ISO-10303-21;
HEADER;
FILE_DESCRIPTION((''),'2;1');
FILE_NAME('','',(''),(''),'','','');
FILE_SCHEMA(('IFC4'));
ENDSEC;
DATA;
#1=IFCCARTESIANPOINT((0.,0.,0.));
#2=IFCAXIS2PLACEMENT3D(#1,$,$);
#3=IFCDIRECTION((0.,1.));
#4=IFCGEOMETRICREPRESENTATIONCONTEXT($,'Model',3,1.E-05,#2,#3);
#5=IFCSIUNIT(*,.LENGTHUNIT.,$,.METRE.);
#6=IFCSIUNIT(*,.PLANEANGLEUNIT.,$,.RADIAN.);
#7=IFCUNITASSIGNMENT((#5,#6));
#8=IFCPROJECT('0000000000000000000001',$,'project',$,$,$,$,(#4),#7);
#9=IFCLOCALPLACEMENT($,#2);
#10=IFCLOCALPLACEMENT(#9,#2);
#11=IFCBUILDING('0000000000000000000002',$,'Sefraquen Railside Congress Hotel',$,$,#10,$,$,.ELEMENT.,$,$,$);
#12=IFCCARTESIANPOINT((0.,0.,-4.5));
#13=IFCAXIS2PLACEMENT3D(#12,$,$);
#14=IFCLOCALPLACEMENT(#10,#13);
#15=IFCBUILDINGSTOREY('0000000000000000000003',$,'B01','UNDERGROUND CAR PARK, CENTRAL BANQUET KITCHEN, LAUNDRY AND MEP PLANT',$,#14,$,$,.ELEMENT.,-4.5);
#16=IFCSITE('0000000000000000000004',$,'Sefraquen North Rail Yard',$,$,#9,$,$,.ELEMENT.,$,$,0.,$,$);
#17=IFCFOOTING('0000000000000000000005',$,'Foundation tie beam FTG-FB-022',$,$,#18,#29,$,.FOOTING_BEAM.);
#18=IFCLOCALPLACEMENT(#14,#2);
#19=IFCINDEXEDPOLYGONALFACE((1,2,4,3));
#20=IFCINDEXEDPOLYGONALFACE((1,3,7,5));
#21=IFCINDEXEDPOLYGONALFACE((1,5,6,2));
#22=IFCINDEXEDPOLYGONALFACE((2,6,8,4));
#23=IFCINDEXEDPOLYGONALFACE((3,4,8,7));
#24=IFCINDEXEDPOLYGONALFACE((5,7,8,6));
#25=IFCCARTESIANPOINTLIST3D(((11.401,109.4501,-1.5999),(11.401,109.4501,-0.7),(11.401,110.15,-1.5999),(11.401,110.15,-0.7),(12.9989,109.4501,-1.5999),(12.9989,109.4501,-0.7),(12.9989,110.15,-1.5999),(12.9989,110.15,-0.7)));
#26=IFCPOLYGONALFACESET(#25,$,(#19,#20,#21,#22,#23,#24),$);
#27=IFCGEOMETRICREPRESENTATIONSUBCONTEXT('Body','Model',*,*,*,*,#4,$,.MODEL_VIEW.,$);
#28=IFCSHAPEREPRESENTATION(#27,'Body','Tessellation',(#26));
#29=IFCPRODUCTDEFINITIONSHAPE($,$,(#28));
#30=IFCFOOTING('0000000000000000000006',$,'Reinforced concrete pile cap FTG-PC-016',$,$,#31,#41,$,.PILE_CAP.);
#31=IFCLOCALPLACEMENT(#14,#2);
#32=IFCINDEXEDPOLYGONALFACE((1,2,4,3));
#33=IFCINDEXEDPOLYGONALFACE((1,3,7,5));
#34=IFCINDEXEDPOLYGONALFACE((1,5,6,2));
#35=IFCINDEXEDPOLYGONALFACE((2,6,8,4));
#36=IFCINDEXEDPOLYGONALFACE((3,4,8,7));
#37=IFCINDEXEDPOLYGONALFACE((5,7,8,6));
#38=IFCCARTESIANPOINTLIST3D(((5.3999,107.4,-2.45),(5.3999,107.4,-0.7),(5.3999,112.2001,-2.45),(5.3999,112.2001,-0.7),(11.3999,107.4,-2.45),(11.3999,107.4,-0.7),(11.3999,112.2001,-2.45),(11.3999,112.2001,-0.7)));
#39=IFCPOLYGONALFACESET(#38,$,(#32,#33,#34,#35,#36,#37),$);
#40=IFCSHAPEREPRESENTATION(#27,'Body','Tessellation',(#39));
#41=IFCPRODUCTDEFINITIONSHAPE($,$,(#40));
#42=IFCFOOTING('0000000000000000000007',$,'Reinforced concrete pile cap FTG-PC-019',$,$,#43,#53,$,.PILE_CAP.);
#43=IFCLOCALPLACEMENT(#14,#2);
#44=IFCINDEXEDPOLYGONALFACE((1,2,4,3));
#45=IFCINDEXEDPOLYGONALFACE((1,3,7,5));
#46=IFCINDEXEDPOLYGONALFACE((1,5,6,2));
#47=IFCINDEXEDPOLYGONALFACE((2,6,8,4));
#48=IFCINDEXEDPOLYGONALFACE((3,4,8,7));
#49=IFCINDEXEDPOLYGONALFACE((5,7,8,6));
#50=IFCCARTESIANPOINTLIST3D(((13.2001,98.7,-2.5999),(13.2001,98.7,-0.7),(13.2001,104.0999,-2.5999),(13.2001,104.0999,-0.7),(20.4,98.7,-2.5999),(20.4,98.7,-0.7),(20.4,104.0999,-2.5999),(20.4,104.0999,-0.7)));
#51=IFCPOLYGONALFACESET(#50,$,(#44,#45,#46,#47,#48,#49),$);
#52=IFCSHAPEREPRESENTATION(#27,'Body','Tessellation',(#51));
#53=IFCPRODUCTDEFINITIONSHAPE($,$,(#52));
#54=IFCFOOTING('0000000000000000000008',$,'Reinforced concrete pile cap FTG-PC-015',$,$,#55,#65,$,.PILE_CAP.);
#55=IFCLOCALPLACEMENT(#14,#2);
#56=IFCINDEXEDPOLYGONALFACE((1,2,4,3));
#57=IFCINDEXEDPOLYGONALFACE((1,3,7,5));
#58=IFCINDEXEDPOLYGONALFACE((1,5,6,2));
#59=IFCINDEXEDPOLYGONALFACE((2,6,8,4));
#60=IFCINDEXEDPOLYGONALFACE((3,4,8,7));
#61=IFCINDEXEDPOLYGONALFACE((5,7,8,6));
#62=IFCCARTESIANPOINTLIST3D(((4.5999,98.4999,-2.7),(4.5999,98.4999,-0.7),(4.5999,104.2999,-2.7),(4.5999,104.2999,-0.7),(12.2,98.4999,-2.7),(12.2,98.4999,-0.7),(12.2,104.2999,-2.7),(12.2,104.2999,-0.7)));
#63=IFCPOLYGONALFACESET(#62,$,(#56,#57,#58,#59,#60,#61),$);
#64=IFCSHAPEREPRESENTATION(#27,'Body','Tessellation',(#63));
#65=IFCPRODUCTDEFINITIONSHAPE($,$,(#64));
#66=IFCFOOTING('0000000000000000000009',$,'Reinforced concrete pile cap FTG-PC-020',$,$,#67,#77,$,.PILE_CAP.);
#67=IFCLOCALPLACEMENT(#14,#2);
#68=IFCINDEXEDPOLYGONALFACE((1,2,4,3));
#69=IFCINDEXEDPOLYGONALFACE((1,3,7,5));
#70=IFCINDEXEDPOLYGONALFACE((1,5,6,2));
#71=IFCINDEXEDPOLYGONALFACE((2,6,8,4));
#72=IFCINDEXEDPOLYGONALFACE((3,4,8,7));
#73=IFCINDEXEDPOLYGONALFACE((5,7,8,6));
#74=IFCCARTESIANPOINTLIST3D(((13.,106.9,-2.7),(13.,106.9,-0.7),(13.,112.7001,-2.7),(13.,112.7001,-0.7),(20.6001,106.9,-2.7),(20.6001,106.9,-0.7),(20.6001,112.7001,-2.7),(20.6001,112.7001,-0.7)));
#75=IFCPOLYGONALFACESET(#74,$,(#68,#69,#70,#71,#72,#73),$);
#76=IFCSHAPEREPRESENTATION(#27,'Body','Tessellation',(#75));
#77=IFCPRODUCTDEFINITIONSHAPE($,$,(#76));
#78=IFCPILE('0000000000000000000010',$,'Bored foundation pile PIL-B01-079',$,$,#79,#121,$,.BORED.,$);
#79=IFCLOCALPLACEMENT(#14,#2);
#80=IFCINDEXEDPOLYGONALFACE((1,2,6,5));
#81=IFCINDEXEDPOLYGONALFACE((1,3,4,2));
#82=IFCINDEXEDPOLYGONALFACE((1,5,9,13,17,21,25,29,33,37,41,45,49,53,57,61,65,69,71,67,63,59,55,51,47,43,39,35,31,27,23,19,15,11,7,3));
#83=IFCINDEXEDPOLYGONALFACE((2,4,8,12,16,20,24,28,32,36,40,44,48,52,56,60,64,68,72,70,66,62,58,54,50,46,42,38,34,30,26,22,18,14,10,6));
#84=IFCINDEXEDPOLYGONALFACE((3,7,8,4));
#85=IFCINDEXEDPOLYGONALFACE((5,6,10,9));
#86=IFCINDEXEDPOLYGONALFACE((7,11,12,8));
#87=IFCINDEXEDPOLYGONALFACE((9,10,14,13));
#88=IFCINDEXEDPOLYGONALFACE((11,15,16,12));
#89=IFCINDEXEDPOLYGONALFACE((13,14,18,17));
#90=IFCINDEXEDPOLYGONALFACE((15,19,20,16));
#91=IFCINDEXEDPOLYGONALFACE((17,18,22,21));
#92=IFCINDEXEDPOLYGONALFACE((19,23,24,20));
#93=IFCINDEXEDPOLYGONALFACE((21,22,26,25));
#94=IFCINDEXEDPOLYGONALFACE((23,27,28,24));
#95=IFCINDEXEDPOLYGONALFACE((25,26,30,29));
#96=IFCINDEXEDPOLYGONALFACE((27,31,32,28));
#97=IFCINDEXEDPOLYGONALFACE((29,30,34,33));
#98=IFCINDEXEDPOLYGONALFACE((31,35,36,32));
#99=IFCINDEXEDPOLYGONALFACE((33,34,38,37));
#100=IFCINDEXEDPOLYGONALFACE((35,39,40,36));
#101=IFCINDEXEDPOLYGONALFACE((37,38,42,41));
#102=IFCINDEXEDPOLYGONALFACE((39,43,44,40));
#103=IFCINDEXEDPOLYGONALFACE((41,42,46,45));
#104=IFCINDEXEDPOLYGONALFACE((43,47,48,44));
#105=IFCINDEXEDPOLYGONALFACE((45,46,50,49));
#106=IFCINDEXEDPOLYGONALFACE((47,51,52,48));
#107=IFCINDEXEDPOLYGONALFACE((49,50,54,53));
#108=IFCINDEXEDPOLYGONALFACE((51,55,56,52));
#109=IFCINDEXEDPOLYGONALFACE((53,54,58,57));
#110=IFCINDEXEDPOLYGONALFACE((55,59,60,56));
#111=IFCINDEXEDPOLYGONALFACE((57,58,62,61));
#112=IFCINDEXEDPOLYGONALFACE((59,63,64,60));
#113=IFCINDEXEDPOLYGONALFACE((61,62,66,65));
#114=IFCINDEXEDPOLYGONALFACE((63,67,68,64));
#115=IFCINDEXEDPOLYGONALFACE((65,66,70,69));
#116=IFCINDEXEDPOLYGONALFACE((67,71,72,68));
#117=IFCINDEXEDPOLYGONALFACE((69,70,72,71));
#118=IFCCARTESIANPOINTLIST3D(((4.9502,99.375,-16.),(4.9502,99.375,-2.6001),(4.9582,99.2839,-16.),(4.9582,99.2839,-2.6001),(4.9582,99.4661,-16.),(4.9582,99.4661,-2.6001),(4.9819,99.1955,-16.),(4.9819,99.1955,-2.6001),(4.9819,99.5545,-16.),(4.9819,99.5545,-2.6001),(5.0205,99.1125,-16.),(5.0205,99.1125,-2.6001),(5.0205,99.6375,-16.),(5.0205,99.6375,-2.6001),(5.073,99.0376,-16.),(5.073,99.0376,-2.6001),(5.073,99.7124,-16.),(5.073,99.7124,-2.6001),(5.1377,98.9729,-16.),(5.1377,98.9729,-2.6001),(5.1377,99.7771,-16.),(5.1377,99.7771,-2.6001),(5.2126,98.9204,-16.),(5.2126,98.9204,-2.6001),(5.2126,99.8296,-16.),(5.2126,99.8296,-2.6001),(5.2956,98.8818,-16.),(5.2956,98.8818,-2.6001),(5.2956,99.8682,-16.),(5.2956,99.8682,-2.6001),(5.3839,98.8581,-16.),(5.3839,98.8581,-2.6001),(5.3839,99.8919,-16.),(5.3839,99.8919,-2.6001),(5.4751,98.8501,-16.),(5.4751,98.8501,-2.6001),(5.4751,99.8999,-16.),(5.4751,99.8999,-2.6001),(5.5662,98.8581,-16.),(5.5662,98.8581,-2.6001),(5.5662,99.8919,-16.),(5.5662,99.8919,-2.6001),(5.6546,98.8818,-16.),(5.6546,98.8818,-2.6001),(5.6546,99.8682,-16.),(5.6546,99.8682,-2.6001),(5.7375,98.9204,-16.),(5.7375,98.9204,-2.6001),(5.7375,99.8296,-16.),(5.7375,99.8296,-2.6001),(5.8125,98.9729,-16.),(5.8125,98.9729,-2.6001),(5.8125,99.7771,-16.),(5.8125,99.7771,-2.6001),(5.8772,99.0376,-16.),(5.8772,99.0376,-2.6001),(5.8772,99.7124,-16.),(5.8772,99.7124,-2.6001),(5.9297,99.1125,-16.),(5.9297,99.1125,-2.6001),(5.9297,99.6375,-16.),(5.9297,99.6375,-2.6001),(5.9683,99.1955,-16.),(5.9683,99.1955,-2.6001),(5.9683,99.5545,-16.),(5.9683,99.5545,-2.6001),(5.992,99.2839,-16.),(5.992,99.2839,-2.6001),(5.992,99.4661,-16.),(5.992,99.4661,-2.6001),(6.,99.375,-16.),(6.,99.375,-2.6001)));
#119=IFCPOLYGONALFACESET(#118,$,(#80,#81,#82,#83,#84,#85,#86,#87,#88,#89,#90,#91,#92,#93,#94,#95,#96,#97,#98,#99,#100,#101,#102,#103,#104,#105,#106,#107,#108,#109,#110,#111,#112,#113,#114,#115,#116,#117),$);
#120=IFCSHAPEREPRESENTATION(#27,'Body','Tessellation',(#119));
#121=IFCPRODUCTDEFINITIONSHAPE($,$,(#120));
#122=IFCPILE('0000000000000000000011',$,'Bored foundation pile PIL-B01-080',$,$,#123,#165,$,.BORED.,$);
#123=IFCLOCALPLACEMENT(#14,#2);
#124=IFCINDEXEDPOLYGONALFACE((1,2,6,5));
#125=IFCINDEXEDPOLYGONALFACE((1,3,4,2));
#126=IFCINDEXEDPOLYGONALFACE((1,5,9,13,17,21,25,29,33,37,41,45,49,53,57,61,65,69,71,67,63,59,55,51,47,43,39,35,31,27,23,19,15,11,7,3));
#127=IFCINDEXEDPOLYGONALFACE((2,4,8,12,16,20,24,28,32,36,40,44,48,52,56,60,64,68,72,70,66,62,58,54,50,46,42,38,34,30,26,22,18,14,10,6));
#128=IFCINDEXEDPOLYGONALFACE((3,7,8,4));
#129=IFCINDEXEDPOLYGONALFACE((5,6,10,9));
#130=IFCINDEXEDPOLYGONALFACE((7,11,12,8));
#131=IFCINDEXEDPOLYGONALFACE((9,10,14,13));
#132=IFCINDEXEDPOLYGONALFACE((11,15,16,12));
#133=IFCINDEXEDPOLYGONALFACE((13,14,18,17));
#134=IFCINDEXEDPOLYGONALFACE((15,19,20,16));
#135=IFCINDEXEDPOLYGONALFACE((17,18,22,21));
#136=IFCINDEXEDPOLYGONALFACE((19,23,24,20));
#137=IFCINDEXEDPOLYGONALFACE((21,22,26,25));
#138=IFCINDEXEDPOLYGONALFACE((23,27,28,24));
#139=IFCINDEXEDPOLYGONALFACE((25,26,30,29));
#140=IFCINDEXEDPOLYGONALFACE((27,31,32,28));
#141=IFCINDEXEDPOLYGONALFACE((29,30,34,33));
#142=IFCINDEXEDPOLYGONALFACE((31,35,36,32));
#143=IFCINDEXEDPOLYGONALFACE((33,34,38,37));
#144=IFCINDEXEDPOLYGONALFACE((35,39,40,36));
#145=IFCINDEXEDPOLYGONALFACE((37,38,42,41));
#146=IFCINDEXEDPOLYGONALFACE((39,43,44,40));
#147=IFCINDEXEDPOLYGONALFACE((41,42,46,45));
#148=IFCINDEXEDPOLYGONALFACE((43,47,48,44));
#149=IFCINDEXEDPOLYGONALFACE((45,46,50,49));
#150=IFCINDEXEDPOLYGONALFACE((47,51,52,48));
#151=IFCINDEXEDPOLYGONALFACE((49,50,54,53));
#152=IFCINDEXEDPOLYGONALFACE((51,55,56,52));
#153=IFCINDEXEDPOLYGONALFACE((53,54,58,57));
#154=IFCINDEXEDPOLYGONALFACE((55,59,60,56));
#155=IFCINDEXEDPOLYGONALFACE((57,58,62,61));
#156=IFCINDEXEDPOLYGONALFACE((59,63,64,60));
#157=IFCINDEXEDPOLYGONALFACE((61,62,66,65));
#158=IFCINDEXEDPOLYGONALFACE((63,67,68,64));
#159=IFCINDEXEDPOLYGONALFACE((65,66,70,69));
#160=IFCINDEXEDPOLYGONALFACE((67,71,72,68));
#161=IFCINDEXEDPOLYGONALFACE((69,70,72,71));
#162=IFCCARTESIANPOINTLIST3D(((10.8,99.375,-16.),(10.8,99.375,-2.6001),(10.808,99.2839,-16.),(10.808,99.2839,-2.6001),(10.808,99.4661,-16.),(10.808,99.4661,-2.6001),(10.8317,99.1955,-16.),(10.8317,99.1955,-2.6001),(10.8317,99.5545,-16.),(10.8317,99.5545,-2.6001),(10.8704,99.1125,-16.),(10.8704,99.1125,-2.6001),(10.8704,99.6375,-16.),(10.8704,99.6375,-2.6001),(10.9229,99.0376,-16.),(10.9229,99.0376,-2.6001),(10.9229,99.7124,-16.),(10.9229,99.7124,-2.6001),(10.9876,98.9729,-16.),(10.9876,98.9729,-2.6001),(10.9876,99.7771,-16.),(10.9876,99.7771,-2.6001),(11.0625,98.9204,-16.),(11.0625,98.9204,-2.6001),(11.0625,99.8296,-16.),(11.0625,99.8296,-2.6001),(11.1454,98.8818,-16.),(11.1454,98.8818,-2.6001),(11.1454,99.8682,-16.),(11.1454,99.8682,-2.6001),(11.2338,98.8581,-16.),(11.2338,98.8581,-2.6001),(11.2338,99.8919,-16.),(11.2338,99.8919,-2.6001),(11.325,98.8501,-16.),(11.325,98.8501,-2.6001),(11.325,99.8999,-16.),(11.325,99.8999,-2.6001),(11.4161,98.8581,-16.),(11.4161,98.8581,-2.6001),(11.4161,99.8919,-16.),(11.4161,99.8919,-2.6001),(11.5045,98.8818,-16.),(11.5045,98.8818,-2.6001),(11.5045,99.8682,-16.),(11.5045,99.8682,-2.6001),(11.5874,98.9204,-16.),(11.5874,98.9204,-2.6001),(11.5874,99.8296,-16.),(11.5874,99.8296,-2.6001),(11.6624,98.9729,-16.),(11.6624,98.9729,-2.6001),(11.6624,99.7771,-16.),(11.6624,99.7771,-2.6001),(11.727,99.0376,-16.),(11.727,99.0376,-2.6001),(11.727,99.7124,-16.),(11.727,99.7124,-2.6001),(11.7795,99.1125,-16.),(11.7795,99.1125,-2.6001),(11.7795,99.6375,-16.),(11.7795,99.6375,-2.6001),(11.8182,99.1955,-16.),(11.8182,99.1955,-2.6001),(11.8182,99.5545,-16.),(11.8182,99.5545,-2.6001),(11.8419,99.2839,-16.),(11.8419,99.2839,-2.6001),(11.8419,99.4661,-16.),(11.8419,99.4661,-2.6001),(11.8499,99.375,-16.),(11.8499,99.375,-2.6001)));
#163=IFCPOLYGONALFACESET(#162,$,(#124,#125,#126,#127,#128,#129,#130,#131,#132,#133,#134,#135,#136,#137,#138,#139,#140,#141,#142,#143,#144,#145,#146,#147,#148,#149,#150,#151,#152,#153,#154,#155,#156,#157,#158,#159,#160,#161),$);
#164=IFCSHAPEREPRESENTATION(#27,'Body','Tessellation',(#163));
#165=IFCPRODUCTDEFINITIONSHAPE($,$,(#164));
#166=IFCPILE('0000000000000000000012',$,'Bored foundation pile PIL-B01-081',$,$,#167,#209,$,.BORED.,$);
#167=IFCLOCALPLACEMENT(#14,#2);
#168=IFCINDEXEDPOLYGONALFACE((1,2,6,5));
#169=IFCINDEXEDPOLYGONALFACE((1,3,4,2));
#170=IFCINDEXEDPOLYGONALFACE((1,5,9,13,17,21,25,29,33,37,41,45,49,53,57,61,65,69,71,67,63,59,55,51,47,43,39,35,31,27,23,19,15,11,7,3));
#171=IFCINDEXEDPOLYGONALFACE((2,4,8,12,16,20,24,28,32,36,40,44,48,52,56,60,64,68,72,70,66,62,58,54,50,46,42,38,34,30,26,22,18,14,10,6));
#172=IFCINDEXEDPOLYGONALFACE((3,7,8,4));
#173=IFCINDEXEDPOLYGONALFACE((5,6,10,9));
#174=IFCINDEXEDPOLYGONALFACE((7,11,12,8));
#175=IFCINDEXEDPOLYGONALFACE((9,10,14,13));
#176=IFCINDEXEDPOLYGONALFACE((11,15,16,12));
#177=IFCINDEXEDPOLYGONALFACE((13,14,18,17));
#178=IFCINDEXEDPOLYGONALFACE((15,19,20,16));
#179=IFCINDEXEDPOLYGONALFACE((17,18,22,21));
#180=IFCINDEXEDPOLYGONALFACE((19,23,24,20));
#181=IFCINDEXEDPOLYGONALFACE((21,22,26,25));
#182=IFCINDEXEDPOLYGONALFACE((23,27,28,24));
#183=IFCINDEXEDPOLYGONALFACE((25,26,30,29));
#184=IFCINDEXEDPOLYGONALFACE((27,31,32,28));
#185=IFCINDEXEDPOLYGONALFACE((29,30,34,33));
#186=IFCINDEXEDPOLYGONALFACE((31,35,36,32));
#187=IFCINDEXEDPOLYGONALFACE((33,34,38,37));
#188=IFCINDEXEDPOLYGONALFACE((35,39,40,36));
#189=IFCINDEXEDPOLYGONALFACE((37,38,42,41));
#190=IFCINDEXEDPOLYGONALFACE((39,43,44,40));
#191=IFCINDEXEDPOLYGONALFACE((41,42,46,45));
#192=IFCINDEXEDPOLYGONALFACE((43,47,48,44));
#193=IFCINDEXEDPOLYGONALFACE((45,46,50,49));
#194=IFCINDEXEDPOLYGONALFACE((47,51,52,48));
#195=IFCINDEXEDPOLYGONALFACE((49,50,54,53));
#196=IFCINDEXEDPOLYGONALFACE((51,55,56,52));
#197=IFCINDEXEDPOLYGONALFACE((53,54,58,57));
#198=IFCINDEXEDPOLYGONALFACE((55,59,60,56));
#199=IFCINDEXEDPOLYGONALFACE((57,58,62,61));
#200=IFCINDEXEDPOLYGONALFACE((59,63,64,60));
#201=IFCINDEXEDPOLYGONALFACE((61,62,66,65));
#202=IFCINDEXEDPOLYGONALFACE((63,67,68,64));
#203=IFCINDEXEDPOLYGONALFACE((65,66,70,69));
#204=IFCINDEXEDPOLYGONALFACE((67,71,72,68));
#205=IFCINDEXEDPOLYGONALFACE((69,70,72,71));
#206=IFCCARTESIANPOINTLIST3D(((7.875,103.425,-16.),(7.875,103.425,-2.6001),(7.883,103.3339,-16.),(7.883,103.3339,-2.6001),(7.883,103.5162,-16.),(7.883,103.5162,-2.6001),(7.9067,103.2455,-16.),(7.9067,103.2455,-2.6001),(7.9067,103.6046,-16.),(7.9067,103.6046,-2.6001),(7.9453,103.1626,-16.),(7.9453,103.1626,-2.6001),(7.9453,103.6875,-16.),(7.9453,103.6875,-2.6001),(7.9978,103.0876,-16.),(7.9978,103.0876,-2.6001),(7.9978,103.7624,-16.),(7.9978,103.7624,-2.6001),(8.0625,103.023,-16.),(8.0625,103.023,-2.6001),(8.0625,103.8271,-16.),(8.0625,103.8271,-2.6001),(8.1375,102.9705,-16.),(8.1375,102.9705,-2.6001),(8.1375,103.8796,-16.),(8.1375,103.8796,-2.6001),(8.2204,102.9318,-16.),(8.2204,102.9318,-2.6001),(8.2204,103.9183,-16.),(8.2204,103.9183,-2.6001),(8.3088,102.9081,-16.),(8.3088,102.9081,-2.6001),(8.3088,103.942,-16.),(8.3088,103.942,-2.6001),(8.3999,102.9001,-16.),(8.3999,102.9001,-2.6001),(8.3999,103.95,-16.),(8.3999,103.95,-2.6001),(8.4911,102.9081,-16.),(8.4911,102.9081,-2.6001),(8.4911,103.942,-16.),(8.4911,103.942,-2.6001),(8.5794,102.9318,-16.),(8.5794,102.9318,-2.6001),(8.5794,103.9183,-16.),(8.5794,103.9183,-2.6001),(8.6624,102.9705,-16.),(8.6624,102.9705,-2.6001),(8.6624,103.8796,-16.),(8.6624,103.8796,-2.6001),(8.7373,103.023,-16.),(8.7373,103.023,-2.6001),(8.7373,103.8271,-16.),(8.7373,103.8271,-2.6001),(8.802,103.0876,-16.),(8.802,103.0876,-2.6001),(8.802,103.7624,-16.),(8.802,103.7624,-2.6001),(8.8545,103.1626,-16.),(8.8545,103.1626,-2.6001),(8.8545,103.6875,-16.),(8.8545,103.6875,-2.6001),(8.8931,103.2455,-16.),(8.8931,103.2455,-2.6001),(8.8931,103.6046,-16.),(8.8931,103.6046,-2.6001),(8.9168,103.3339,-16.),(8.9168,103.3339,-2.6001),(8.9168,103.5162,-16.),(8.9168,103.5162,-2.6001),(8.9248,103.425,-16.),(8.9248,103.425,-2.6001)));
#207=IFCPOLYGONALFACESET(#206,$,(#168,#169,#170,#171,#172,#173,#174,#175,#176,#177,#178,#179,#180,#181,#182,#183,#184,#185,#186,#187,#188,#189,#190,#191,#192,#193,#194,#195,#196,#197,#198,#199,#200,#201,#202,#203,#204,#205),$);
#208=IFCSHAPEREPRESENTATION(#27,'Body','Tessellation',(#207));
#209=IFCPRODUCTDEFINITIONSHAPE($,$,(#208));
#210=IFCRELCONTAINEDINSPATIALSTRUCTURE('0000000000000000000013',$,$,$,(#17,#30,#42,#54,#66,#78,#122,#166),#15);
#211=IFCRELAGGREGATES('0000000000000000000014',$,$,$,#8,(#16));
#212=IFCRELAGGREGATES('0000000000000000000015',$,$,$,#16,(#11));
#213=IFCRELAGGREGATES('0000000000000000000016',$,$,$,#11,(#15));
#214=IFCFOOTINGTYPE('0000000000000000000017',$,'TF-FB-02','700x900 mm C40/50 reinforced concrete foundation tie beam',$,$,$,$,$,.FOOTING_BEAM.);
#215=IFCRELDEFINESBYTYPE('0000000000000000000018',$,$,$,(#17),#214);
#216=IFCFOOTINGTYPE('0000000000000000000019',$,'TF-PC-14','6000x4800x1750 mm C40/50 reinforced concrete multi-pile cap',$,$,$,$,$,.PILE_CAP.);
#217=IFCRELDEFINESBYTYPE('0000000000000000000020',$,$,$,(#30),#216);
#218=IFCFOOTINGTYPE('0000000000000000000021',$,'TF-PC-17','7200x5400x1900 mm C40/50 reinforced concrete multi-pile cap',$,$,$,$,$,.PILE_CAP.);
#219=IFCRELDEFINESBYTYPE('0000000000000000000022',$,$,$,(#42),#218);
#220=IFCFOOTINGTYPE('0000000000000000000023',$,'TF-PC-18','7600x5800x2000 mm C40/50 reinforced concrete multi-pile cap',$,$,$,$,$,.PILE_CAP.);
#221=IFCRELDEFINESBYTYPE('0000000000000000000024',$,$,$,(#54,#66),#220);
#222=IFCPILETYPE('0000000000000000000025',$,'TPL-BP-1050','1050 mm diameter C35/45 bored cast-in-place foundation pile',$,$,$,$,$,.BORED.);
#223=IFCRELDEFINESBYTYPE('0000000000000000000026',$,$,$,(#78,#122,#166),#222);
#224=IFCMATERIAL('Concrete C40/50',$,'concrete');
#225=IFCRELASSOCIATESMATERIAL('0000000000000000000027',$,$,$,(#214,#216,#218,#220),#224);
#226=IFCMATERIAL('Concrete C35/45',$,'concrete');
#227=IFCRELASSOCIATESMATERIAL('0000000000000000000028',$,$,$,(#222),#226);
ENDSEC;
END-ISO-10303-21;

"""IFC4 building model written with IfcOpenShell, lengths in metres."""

from ifc_helpers import new_model, si_unit, direction, frame, origin, origin_2d, place, context, subcontext, project, spatial, rectangle, circle, extrude, material, material_profile, profile_set, type_object, element, save


model = new_model("IFC4")

# Units and contexts
model_context = context("Model", 3, precision=1e-05, world=origin(), true_north=direction((0.0, 1.0)))
body_context = subcontext(model_context, "Body", "Model", "MODEL_VIEW")
ifc_project = project(units=[si_unit("LENGTHUNIT", "METRE"), si_unit("PLANEANGLEUNIT", "RADIAN")], contexts=[model_context])

# Site, building, storey
site_placement = place(None, origin())
site = spatial("IfcSite", under=ifc_project, at=site_placement, Name="Sefraquen North Rail Yard", CompositionType="ELEMENT", RefElevation=0.0)
building_placement = place(site_placement, origin())
building = spatial("IfcBuilding", under=site, at=building_placement, Name="Sefraquen Railside Congress Hotel", CompositionType="ELEMENT")
storey_placement = place(building_placement, frame((0.0, 0.0, -4.5)))
storey = spatial("IfcBuildingStorey", under=building, at=storey_placement, Name="B01", Description="UNDERGROUND CAR PARK, CENTRAL BANQUET KITCHEN, LAUNDRY AND MEP PLANT", CompositionType="ELEMENT", Elevation=-4.5)

# Footings
ifc_material_1 = material(Name="Concrete C40/50", Category="concrete")
footing_type_1 = type_object("IfcFootingType", Name="TF-FB-02", Description="700x900 mm C40/50 reinforced concrete foundation tie beam", PredefinedType="FOOTING_BEAM", material=ifc_material_1)
footing_1_placement = place(storey_placement, frame((12.2, 109.8, -1.5999), z_axis=(0.0, 0.0, 1.0), x_axis=(1.0, 0.0, 0.0)))
element("IfcFooting", 1, at=footing_1_placement, inside=storey, type_object=footing_type_1, Name="Foundation tie beam FTG-FB-022", PredefinedType="FOOTING_BEAM", context=body_context, shape_type="SweptSolid", body=[
    extrude(rectangle(XDim=1.5979, YDim=0.7, at=origin_2d()), origin(), (0.0, 0.0, 1.0), 0.8999),
])
footing_type_2 = type_object("IfcFootingType", Name="TF-PC-14", Description="6000x4800x1750 mm C40/50 reinforced concrete multi-pile cap", PredefinedType="PILE_CAP", material=ifc_material_1)
footing_2_placement = place(storey_placement, frame((8.3999, 109.8, -2.45), z_axis=(0.0, 0.0, 1.0), x_axis=(1.0, 0.0, 0.0)))
element("IfcFooting", 2, at=footing_2_placement, inside=storey, type_object=footing_type_2, Name="Reinforced concrete pile cap FTG-PC-016", PredefinedType="PILE_CAP", context=body_context, shape_type="SweptSolid", body=[
    extrude(rectangle(XDim=6.0, YDim=4.8, at=origin_2d()), origin(), (0.0, 0.0, 1.0), 1.75),
])
footing_type_3 = type_object("IfcFootingType", Name="TF-PC-17", Description="7200x5400x1900 mm C40/50 reinforced concrete multi-pile cap", PredefinedType="PILE_CAP", material=ifc_material_1)
footing_3_placement = place(storey_placement, frame((16.8, 101.3999, -2.5999), z_axis=(0.0, 0.0, 1.0), x_axis=(1.0, 0.0, 0.0)))
element("IfcFooting", 3, at=footing_3_placement, inside=storey, type_object=footing_type_3, Name="Reinforced concrete pile cap FTG-PC-019", PredefinedType="PILE_CAP", context=body_context, shape_type="SweptSolid", body=[
    extrude(rectangle(XDim=7.2, YDim=5.3999, at=origin_2d()), origin(), (0.0, 0.0, 1.0), 1.8999),
])
footing_type_4 = type_object("IfcFootingType", Name="TF-PC-18", Description="7600x5800x2000 mm C40/50 reinforced concrete multi-pile cap", PredefinedType="PILE_CAP", material=ifc_material_1)
for number, where, z_axis, x_axis, name in (
    (4, (8.3999, 101.3999, -2.7), (0.0, 0.0, 1.0), (1.0, 0.0, 0.0), "Reinforced concrete pile cap FTG-PC-015"),
    (5, (16.8, 109.8, -2.7), (0.0, 0.0, 1.0), (1.0, 0.0, 0.0), "Reinforced concrete pile cap FTG-PC-020"),
):
    element("IfcFooting", number, at=place(storey_placement, frame(where, z_axis=z_axis, x_axis=x_axis)), inside=storey, type_object=footing_type_4, Name=name, PredefinedType="PILE_CAP", context=body_context, shape_type="SweptSolid", body=[
        extrude(rectangle(XDim=7.6001, YDim=5.8, at=origin_2d()), origin(), (0.0, 0.0, 1.0), 2.0),
    ])

# Piles
ifc_material_2 = material(Name="Concrete C35/45", Category="concrete")
ifc_material_profile_1 = material_profile(ifc_material_2, circle(Radius=0.5249, at=origin_2d()), Name="BORED PILE 1050")
ifc_profile_set_1 = profile_set([ifc_material_profile_1], Name="Concrete C35/45")
pile_type_1 = type_object("IfcPileType", Name="TPL-BP-1050", Description="1050 mm diameter C35/45 bored cast-in-place foundation pile", PredefinedType="BORED", material=ifc_profile_set_1)
for number, where, z_axis, x_axis, name in (
    (6, (5.4751, 99.375, -2.6001), (0.0, 0.0, -1.0), (1.0, 0.0, 0.0), "Bored foundation pile PIL-B01-079"),
    (7, (11.325, 99.375, -2.6001), (0.0, 0.0, -1.0), (1.0, 0.0, 0.0), "Bored foundation pile PIL-B01-080"),
    (8, (8.3999, 103.425, -2.6001), (0.0, 0.0, -1.0), (1.0, 0.0, 0.0), "Bored foundation pile PIL-B01-081"),
):
    element("IfcPile", number, at=place(storey_placement, frame(where, z_axis=z_axis, x_axis=x_axis)), inside=storey, type_object=pile_type_1, Name=name, PredefinedType="BORED", context=body_context, shape_type="SweptSolid", body=[
        extrude(circle(Radius=0.5249, at=origin_2d()), origin(), (0.0, 0.0, 1.0), 13.3999),
    ])

save(model, "model.ifc")
